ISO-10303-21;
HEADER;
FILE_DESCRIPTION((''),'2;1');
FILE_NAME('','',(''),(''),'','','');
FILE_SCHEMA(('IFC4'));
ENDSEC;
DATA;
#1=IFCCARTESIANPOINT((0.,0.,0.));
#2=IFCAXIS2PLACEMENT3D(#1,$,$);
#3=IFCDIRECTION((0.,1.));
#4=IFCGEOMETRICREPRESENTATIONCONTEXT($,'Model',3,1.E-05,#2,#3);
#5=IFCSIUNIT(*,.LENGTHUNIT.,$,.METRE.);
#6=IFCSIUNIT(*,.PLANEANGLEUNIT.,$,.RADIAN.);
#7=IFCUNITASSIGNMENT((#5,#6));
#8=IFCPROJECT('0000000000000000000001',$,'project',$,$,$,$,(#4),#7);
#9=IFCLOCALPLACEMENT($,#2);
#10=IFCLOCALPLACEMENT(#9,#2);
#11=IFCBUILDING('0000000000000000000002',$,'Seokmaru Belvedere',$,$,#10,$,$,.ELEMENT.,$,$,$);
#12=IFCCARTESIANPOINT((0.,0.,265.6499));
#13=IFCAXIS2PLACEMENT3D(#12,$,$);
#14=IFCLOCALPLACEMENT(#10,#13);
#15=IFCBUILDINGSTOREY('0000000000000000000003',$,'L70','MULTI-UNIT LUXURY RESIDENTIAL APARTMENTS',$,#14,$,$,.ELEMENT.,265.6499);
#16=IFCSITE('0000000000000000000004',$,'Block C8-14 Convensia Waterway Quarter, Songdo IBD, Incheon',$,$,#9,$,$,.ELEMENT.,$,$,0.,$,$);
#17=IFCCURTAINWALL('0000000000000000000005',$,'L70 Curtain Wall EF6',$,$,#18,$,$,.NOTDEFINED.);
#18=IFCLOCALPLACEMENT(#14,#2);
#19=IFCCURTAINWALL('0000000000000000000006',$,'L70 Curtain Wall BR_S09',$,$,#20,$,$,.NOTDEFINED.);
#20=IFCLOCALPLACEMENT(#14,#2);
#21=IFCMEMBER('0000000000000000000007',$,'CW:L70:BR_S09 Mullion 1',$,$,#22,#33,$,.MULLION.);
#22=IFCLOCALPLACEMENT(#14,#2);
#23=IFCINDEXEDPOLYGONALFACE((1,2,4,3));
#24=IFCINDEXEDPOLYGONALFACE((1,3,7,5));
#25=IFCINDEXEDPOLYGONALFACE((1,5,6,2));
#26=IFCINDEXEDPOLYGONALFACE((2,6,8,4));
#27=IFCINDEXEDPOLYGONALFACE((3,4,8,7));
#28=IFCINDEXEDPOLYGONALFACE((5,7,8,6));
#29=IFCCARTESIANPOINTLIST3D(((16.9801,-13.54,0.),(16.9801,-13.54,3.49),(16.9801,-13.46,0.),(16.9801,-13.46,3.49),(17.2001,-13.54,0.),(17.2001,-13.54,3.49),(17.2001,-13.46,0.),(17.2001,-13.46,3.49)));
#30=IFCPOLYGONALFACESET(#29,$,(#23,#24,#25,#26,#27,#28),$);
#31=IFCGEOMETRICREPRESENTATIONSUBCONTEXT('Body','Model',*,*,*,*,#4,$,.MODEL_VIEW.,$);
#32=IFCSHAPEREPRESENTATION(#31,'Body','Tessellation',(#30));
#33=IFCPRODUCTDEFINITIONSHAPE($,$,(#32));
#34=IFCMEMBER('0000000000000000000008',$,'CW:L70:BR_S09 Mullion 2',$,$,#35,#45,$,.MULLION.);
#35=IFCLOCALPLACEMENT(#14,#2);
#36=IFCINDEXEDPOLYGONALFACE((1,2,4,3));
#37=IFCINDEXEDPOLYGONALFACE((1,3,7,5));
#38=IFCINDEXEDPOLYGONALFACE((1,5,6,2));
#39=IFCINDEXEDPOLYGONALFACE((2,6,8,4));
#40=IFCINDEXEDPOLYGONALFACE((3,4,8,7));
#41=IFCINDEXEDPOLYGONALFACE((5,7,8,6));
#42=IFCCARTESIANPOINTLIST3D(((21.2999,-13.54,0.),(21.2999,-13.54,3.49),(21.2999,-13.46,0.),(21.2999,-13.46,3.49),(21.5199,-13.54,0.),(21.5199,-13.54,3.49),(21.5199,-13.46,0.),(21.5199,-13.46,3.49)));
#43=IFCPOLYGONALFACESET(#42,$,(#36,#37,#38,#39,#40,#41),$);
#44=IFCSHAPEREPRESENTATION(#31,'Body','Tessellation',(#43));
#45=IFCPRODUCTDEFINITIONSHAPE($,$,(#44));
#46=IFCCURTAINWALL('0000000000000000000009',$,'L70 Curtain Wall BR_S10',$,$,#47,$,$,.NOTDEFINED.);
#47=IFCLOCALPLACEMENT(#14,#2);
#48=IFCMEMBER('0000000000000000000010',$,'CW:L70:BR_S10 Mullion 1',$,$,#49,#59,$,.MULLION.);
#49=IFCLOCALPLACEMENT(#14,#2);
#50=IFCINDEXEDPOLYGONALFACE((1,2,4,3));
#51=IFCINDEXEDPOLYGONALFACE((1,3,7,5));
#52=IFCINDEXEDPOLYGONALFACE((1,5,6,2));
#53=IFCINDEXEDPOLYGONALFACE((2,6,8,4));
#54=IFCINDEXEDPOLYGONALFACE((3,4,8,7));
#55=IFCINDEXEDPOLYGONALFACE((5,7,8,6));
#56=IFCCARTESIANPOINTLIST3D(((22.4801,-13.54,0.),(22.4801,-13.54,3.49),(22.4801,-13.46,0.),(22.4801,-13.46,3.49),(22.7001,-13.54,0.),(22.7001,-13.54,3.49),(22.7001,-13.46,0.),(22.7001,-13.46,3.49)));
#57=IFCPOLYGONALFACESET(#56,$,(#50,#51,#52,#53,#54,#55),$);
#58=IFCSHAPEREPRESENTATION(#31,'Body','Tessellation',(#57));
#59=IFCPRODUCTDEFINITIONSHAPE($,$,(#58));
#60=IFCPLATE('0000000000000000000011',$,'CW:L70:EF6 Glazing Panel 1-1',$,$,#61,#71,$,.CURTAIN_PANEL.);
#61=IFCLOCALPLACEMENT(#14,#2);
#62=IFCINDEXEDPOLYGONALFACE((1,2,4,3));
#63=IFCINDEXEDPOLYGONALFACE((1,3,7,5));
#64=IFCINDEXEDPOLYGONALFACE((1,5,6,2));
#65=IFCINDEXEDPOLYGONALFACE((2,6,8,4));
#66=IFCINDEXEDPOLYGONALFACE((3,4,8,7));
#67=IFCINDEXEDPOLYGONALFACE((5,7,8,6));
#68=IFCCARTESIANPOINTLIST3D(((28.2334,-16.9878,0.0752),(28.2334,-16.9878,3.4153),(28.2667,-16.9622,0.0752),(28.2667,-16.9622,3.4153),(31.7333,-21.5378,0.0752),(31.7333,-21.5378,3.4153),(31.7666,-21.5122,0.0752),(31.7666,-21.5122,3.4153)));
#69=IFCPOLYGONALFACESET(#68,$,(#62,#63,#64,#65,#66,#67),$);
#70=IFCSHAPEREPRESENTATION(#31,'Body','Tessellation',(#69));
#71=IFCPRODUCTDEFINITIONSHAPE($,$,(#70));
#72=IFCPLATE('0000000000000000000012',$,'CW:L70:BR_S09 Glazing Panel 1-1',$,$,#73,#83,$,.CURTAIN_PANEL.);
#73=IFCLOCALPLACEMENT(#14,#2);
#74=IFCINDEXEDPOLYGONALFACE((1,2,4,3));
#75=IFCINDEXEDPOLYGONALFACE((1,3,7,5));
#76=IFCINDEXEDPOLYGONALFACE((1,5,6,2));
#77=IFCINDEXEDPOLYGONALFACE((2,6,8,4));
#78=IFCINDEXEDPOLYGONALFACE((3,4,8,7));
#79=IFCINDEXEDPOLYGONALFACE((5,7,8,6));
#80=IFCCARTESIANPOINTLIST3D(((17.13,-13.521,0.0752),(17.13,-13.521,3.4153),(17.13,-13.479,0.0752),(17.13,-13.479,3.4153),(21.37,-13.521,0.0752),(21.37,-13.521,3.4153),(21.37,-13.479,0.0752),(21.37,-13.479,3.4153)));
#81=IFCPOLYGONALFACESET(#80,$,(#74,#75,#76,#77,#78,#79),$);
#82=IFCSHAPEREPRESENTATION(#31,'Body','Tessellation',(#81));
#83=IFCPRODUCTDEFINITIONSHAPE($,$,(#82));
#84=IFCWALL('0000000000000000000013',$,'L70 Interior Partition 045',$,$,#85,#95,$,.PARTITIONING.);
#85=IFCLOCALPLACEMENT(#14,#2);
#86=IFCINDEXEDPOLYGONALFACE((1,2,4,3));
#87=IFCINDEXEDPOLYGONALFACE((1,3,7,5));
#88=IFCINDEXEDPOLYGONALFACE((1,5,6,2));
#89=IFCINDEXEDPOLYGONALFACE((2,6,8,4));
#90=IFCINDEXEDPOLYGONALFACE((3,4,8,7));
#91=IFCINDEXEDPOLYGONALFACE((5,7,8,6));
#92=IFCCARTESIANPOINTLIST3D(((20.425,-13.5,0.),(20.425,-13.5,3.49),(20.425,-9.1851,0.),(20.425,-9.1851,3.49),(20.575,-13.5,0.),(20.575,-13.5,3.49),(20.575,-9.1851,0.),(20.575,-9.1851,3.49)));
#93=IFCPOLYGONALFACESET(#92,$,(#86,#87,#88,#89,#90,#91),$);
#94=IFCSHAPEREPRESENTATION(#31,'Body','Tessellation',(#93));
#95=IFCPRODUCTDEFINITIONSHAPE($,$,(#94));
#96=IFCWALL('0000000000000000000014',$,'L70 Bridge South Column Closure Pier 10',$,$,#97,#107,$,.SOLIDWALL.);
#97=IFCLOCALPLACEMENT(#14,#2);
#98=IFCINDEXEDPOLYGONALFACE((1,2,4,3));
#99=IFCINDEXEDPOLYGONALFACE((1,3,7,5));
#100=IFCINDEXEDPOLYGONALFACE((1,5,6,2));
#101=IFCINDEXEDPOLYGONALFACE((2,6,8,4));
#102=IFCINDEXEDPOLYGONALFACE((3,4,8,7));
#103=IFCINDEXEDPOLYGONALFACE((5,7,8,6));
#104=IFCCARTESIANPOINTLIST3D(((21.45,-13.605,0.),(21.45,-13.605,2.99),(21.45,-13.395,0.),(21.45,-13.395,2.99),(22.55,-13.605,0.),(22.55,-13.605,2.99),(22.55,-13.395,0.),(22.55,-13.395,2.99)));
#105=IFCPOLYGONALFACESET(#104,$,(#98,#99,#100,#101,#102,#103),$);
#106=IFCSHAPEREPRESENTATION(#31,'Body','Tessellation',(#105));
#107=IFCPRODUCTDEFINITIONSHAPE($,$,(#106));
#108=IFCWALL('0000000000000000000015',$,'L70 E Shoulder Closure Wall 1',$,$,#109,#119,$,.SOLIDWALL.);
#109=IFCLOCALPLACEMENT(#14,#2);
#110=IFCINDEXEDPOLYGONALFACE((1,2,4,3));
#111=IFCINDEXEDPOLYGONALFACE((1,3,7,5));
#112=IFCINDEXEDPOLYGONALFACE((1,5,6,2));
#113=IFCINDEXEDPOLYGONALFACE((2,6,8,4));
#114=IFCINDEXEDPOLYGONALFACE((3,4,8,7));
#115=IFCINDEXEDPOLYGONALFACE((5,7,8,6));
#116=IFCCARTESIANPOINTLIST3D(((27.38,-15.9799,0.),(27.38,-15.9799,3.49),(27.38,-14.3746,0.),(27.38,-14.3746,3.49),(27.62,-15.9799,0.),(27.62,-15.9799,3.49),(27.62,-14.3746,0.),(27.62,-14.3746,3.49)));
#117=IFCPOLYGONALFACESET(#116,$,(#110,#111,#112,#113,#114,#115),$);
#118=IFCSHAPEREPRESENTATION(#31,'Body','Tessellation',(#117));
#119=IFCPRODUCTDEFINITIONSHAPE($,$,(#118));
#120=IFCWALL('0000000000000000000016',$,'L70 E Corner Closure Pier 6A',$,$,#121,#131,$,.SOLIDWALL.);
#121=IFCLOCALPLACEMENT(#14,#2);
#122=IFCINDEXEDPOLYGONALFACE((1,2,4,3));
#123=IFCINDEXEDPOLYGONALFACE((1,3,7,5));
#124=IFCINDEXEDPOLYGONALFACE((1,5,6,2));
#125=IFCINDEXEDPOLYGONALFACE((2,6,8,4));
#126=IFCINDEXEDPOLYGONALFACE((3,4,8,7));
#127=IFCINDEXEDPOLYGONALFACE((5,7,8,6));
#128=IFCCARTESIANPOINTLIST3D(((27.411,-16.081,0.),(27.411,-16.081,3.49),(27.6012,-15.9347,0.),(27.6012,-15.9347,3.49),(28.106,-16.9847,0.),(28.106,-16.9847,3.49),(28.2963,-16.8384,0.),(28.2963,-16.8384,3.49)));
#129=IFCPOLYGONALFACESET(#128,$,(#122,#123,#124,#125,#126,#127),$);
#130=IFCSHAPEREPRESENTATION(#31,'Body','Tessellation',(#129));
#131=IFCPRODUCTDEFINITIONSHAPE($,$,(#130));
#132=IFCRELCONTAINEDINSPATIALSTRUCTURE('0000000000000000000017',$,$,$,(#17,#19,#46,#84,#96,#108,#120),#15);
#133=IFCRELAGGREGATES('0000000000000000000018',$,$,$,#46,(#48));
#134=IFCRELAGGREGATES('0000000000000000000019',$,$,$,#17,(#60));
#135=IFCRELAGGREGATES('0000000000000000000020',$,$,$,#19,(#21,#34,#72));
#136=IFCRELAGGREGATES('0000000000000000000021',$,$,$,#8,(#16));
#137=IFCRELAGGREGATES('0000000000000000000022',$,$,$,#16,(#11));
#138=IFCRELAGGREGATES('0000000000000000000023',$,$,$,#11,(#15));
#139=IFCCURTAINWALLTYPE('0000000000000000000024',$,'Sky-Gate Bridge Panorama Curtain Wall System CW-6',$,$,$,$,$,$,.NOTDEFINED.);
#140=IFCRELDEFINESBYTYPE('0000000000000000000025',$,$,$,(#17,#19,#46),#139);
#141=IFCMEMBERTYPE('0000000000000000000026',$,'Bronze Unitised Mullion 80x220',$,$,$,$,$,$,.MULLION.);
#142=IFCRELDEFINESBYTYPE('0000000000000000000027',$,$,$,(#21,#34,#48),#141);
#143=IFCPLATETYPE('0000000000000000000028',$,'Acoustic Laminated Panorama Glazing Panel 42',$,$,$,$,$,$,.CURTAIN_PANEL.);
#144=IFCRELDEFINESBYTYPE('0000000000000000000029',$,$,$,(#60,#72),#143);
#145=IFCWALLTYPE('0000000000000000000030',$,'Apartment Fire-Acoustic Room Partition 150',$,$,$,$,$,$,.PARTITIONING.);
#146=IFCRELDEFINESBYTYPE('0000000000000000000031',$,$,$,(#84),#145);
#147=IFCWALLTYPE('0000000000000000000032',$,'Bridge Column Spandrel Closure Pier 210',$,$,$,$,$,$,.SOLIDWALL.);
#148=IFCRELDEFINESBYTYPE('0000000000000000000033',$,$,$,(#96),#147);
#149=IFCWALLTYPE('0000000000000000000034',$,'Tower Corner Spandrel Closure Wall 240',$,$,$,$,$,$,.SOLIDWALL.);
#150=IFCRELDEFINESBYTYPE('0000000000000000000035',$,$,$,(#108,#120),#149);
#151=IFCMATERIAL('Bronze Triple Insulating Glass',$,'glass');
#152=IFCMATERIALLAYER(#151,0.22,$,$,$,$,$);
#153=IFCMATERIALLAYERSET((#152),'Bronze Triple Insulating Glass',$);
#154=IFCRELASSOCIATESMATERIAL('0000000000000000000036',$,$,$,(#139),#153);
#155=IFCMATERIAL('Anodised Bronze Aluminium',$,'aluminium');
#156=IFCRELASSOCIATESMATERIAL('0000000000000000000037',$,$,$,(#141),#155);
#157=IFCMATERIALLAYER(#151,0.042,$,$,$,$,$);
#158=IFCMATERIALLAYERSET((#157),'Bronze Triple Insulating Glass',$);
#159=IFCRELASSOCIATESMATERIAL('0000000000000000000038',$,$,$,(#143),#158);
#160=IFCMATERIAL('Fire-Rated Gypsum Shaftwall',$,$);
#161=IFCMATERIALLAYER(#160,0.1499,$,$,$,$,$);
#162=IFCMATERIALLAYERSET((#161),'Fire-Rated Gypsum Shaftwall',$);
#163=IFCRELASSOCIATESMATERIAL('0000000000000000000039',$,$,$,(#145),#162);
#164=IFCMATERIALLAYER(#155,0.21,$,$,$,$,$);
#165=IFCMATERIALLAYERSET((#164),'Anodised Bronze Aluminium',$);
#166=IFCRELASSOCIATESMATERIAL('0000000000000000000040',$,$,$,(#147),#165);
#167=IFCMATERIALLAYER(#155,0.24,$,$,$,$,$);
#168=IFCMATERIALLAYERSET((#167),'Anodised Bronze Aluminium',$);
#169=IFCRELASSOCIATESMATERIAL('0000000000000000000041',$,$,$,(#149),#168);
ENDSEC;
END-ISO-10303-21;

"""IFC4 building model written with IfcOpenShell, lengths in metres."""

from ifc_helpers import new_model, si_unit, direction, frame, frame_2d, origin, origin_2d, place, context, subcontext, project, spatial, rectangle, extrude, source, transform, mapped, material, layer, layer_set, material_profile, profile_set, type_object, type_shapes, element, aggregate, save


model = new_model("IFC4")

# Units and contexts
model_context = context("Model", 3, precision=1e-05, world=origin(), true_north=direction((0.0, 1.0)))
body_context = subcontext(model_context, "Body", "Model", "MODEL_VIEW")
ifc_project = project(units=[si_unit("LENGTHUNIT", "METRE"), si_unit("PLANEANGLEUNIT", "RADIAN")], contexts=[model_context])

# Site, building, storey
site_placement = place(None, origin())
site = spatial("IfcSite", under=ifc_project, at=site_placement, Name="Block C8-14 Convensia Waterway Quarter, Songdo IBD, Incheon", CompositionType="ELEMENT", RefElevation=0.0)
building_placement = place(site_placement, origin())
building = spatial("IfcBuilding", under=site, at=building_placement, Name="Seokmaru Belvedere", CompositionType="ELEMENT")
storey_placement = place(building_placement, frame((0.0, 0.0, 265.6499)))
storey = spatial("IfcBuildingStorey", under=building, at=storey_placement, Name="L70", Description="MULTI-UNIT LUXURY RESIDENTIAL APARTMENTS", CompositionType="ELEMENT", Elevation=265.6499)

# Curtain walls
ifc_material_1 = material(Name="Bronze Triple Insulating Glass", Category="glass")
ifc_layer_1 = layer(ifc_material_1, 0.22)
ifc_layer_set_1 = layer_set([ifc_layer_1], Name="Bronze Triple Insulating Glass")
curtain_wall_type = type_object("IfcCurtainWallType", Name="Sky-Gate Bridge Panorama Curtain Wall System CW-6", PredefinedType="NOTDEFINED", material=ifc_layer_set_1)
curtain_wall_1_placement = place(storey_placement, origin())
curtain_wall_1 = element("IfcCurtainWall", 1, at=curtain_wall_1_placement, inside=storey, type_object=curtain_wall_type, Name="L70 Curtain Wall EF6", PredefinedType="NOTDEFINED")
ifc_material_2 = material(Name="Anodised Bronze Aluminium", Category="aluminium")
curtain_wall_2_placement = place(storey_placement, origin())
curtain_wall_2 = element("IfcCurtainWall", 2, at=curtain_wall_2_placement, inside=storey, type_object=curtain_wall_type, Name="L70 Curtain Wall BR_S09", PredefinedType="NOTDEFINED")

# Members
ifc_material_profile_1 = material_profile(ifc_material_2, rectangle(XDim=0.0801, YDim=0.22, at=origin_2d()), Name="CW-M-80x220")
ifc_profile_set_1 = profile_set([ifc_material_profile_1], Name="Anodised Bronze Aluminium")
member_type_1 = type_object("IfcMemberType", Name="Bronze Unitised Mullion 80x220", PredefinedType="MULLION", material=ifc_profile_set_1)
shared_shape_1 = source(origin(), body_context, "Body", "SweptSolid", [
    extrude(rectangle(XDim=0.0801, YDim=0.22, at=origin_2d()), origin(), (0.0, 0.0, 1.0), 3.49),
])
type_shapes(member_type_1, [shared_shape_1])
member_1_placement = place(storey_placement, frame((17.0901, -13.5, 0.0), z_axis=(0.0, 0.0, 1.0), x_axis=(0.0, 1.0, 0.0)))
member_1 = element("IfcMember", 3, at=member_1_placement, type_object=member_type_1, Name="CW:L70:BR_S09 Mullion 1", PredefinedType="MULLION", context=body_context, shape_type="MappedRepresentation", body=[
    mapped(shared_shape_1, transform((0.0, 0.0, 0.0), scale=1.0)),
])
member_2_placement = place(storey_placement, frame((21.4099, -13.5, 0.0), z_axis=(0.0, 0.0, 1.0), x_axis=(0.0, 1.0, 0.0)))
member_2 = element("IfcMember", 4, at=member_2_placement, type_object=member_type_1, Name="CW:L70:BR_S09 Mullion 2", PredefinedType="MULLION", context=body_context, shape_type="MappedRepresentation", body=[
    mapped(shared_shape_1, transform((0.0, 0.0, 0.0), scale=1.0)),
])

# Curtain wall, member
curtain_wall_3_placement = place(storey_placement, origin())
curtain_wall_3 = element("IfcCurtainWall", 5, at=curtain_wall_3_placement, inside=storey, type_object=curtain_wall_type, Name="L70 Curtain Wall BR_S10", PredefinedType="NOTDEFINED")
member_3_placement = place(storey_placement, frame((22.5901, -13.5, 0.0), z_axis=(0.0, 0.0, 1.0), x_axis=(0.0, 1.0, 0.0)))
member_3 = element("IfcMember", 6, at=member_3_placement, type_object=member_type_1, Name="CW:L70:BR_S10 Mullion 1", PredefinedType="MULLION", context=body_context, shape_type="MappedRepresentation", body=[
    mapped(shared_shape_1, transform((0.0, 0.0, 0.0), scale=1.0)),
])
aggregate(curtain_wall_3, [member_3])

# Plates
ifc_layer_2 = layer(ifc_material_1, 0.042)
ifc_layer_set_2 = layer_set([ifc_layer_2], Name="Bronze Triple Insulating Glass")
plate_type = type_object("IfcPlateType", Name="Acoustic Laminated Panorama Glazing Panel 42", PredefinedType="CURTAIN_PANEL", material=ifc_layer_set_2)
shared_shape_2 = source(origin(), body_context, "Body", "SweptSolid", [
    extrude(rectangle(XDim=5.7405, YDim=0.042, at=origin_2d()), origin(), (0.0, 0.0, 1.0), 3.3401),
])
plate_1_placement = place(storey_placement, frame((30.0, -19.25, 0.0752), z_axis=(0.0, 0.0, 1.0), x_axis=(0.609701, -0.792631, 0.0)))
plate_1 = element("IfcPlate", 7, at=plate_1_placement, type_object=plate_type, Name="CW:L70:EF6 Glazing Panel 1-1", PredefinedType="CURTAIN_PANEL", context=body_context, shape_type="MappedRepresentation", body=[
    mapped(shared_shape_2, transform((0.0, 0.0, 0.0), scale=1.0)),
])
aggregate(curtain_wall_1, [plate_1])
shared_shape_3 = source(origin(), body_context, "Body", "SweptSolid", [
    extrude(rectangle(XDim=4.24, YDim=0.042, at=origin_2d()), origin(), (0.0, 0.0, 1.0), 3.3401),
])
type_shapes(plate_type, [shared_shape_2, shared_shape_3])
plate_2_placement = place(storey_placement, frame((19.25, -13.5, 0.0752), z_axis=(0.0, 0.0, 1.0), x_axis=(1.0, 0.0, 0.0)))
plate_2 = element("IfcPlate", 8, at=plate_2_placement, type_object=plate_type, Name="CW:L70:BR_S09 Glazing Panel 1-1", PredefinedType="CURTAIN_PANEL", context=body_context, shape_type="MappedRepresentation", body=[
    mapped(shared_shape_3, transform((0.0, 0.0, 0.0), scale=1.0)),
])
aggregate(curtain_wall_2, [member_1, member_2, plate_2])

# Walls
ifc_material_3 = material(Name="Fire-Rated Gypsum Shaftwall")
ifc_layer_3 = layer(ifc_material_3, 0.1499)
ifc_layer_set_3 = layer_set([ifc_layer_3], Name="Fire-Rated Gypsum Shaftwall")
wall_type_1 = type_object("IfcWallType", Name="Apartment Fire-Acoustic Room Partition 150", PredefinedType="PARTITIONING", material=ifc_layer_set_3)
wall_1_placement = place(storey_placement, frame((20.5, -13.5, 0.0), z_axis=(0.0, 0.0, 1.0), x_axis=(0.0, 1.0, 0.0)))
element("IfcWall", 9, at=wall_1_placement, inside=storey, type_object=wall_type_1, Name="L70 Interior Partition 045", PredefinedType="PARTITIONING", context=body_context, shape_type="SweptSolid", body=[
    extrude(rectangle(XDim=4.3149, YDim=0.1499, at=frame_2d((2.1575, 0.0))), origin(), (0.0, 0.0, 1.0), 3.49),
])
ifc_layer_4 = layer(ifc_material_2, 0.21)
ifc_layer_set_4 = layer_set([ifc_layer_4], Name="Anodised Bronze Aluminium")
wall_type_2 = type_object("IfcWallType", Name="Bridge Column Spandrel Closure Pier 210", PredefinedType="SOLIDWALL", material=ifc_layer_set_4)
wall_2_placement = place(storey_placement, frame((21.45, -13.5, 0.0), z_axis=(0.0, 0.0, 1.0), x_axis=(1.0, 0.0, 0.0)))
element("IfcWall", 10, at=wall_2_placement, inside=storey, type_object=wall_type_2, Name="L70 Bridge South Column Closure Pier 10", PredefinedType="SOLIDWALL", context=body_context, shape_type="SweptSolid", body=[
    extrude(rectangle(XDim=1.1001, YDim=0.21, at=frame_2d((0.55, 0.0))), origin(), (0.0, 0.0, 1.0), 2.99),
])
ifc_layer_5 = layer(ifc_material_2, 0.24)
ifc_layer_set_5 = layer_set([ifc_layer_5], Name="Anodised Bronze Aluminium")
wall_type_3 = type_object("IfcWallType", Name="Tower Corner Spandrel Closure Wall 240", PredefinedType="SOLIDWALL", material=ifc_layer_set_5)
wall_3_placement = place(storey_placement, frame((27.5, -15.98, 0.0), z_axis=(0.0, 0.0, 1.0), x_axis=(0.0, 1.0, 0.0)))
element("IfcWall", 11, at=wall_3_placement, inside=storey, type_object=wall_type_3, Name="L70 E Shoulder Closure Wall 1", PredefinedType="SOLIDWALL", context=body_context, shape_type="SweptSolid", body=[
    extrude(rectangle(XDim=1.6052, YDim=0.24, at=frame_2d((0.8027, 0.0))), origin(), (0.0, 0.0, 1.0), 3.49),
])
wall_4_placement = place(storey_placement, frame((27.5061, -16.0078, 0.0), z_axis=(0.0, 0.0, 1.0), x_axis=(0.609618, -0.792696, 0.0)))
element("IfcWall", 12, at=wall_4_placement, inside=storey, type_object=wall_type_3, Name="L70 E Corner Closure Pier 6A", PredefinedType="SOLIDWALL", context=body_context, shape_type="SweptSolid", body=[
    extrude(rectangle(XDim=1.1401, YDim=0.24, at=frame_2d((0.5701, 0.0))), origin(), (0.0, 0.0, 1.0), 3.49),
])

save(model, "model.ifc")
